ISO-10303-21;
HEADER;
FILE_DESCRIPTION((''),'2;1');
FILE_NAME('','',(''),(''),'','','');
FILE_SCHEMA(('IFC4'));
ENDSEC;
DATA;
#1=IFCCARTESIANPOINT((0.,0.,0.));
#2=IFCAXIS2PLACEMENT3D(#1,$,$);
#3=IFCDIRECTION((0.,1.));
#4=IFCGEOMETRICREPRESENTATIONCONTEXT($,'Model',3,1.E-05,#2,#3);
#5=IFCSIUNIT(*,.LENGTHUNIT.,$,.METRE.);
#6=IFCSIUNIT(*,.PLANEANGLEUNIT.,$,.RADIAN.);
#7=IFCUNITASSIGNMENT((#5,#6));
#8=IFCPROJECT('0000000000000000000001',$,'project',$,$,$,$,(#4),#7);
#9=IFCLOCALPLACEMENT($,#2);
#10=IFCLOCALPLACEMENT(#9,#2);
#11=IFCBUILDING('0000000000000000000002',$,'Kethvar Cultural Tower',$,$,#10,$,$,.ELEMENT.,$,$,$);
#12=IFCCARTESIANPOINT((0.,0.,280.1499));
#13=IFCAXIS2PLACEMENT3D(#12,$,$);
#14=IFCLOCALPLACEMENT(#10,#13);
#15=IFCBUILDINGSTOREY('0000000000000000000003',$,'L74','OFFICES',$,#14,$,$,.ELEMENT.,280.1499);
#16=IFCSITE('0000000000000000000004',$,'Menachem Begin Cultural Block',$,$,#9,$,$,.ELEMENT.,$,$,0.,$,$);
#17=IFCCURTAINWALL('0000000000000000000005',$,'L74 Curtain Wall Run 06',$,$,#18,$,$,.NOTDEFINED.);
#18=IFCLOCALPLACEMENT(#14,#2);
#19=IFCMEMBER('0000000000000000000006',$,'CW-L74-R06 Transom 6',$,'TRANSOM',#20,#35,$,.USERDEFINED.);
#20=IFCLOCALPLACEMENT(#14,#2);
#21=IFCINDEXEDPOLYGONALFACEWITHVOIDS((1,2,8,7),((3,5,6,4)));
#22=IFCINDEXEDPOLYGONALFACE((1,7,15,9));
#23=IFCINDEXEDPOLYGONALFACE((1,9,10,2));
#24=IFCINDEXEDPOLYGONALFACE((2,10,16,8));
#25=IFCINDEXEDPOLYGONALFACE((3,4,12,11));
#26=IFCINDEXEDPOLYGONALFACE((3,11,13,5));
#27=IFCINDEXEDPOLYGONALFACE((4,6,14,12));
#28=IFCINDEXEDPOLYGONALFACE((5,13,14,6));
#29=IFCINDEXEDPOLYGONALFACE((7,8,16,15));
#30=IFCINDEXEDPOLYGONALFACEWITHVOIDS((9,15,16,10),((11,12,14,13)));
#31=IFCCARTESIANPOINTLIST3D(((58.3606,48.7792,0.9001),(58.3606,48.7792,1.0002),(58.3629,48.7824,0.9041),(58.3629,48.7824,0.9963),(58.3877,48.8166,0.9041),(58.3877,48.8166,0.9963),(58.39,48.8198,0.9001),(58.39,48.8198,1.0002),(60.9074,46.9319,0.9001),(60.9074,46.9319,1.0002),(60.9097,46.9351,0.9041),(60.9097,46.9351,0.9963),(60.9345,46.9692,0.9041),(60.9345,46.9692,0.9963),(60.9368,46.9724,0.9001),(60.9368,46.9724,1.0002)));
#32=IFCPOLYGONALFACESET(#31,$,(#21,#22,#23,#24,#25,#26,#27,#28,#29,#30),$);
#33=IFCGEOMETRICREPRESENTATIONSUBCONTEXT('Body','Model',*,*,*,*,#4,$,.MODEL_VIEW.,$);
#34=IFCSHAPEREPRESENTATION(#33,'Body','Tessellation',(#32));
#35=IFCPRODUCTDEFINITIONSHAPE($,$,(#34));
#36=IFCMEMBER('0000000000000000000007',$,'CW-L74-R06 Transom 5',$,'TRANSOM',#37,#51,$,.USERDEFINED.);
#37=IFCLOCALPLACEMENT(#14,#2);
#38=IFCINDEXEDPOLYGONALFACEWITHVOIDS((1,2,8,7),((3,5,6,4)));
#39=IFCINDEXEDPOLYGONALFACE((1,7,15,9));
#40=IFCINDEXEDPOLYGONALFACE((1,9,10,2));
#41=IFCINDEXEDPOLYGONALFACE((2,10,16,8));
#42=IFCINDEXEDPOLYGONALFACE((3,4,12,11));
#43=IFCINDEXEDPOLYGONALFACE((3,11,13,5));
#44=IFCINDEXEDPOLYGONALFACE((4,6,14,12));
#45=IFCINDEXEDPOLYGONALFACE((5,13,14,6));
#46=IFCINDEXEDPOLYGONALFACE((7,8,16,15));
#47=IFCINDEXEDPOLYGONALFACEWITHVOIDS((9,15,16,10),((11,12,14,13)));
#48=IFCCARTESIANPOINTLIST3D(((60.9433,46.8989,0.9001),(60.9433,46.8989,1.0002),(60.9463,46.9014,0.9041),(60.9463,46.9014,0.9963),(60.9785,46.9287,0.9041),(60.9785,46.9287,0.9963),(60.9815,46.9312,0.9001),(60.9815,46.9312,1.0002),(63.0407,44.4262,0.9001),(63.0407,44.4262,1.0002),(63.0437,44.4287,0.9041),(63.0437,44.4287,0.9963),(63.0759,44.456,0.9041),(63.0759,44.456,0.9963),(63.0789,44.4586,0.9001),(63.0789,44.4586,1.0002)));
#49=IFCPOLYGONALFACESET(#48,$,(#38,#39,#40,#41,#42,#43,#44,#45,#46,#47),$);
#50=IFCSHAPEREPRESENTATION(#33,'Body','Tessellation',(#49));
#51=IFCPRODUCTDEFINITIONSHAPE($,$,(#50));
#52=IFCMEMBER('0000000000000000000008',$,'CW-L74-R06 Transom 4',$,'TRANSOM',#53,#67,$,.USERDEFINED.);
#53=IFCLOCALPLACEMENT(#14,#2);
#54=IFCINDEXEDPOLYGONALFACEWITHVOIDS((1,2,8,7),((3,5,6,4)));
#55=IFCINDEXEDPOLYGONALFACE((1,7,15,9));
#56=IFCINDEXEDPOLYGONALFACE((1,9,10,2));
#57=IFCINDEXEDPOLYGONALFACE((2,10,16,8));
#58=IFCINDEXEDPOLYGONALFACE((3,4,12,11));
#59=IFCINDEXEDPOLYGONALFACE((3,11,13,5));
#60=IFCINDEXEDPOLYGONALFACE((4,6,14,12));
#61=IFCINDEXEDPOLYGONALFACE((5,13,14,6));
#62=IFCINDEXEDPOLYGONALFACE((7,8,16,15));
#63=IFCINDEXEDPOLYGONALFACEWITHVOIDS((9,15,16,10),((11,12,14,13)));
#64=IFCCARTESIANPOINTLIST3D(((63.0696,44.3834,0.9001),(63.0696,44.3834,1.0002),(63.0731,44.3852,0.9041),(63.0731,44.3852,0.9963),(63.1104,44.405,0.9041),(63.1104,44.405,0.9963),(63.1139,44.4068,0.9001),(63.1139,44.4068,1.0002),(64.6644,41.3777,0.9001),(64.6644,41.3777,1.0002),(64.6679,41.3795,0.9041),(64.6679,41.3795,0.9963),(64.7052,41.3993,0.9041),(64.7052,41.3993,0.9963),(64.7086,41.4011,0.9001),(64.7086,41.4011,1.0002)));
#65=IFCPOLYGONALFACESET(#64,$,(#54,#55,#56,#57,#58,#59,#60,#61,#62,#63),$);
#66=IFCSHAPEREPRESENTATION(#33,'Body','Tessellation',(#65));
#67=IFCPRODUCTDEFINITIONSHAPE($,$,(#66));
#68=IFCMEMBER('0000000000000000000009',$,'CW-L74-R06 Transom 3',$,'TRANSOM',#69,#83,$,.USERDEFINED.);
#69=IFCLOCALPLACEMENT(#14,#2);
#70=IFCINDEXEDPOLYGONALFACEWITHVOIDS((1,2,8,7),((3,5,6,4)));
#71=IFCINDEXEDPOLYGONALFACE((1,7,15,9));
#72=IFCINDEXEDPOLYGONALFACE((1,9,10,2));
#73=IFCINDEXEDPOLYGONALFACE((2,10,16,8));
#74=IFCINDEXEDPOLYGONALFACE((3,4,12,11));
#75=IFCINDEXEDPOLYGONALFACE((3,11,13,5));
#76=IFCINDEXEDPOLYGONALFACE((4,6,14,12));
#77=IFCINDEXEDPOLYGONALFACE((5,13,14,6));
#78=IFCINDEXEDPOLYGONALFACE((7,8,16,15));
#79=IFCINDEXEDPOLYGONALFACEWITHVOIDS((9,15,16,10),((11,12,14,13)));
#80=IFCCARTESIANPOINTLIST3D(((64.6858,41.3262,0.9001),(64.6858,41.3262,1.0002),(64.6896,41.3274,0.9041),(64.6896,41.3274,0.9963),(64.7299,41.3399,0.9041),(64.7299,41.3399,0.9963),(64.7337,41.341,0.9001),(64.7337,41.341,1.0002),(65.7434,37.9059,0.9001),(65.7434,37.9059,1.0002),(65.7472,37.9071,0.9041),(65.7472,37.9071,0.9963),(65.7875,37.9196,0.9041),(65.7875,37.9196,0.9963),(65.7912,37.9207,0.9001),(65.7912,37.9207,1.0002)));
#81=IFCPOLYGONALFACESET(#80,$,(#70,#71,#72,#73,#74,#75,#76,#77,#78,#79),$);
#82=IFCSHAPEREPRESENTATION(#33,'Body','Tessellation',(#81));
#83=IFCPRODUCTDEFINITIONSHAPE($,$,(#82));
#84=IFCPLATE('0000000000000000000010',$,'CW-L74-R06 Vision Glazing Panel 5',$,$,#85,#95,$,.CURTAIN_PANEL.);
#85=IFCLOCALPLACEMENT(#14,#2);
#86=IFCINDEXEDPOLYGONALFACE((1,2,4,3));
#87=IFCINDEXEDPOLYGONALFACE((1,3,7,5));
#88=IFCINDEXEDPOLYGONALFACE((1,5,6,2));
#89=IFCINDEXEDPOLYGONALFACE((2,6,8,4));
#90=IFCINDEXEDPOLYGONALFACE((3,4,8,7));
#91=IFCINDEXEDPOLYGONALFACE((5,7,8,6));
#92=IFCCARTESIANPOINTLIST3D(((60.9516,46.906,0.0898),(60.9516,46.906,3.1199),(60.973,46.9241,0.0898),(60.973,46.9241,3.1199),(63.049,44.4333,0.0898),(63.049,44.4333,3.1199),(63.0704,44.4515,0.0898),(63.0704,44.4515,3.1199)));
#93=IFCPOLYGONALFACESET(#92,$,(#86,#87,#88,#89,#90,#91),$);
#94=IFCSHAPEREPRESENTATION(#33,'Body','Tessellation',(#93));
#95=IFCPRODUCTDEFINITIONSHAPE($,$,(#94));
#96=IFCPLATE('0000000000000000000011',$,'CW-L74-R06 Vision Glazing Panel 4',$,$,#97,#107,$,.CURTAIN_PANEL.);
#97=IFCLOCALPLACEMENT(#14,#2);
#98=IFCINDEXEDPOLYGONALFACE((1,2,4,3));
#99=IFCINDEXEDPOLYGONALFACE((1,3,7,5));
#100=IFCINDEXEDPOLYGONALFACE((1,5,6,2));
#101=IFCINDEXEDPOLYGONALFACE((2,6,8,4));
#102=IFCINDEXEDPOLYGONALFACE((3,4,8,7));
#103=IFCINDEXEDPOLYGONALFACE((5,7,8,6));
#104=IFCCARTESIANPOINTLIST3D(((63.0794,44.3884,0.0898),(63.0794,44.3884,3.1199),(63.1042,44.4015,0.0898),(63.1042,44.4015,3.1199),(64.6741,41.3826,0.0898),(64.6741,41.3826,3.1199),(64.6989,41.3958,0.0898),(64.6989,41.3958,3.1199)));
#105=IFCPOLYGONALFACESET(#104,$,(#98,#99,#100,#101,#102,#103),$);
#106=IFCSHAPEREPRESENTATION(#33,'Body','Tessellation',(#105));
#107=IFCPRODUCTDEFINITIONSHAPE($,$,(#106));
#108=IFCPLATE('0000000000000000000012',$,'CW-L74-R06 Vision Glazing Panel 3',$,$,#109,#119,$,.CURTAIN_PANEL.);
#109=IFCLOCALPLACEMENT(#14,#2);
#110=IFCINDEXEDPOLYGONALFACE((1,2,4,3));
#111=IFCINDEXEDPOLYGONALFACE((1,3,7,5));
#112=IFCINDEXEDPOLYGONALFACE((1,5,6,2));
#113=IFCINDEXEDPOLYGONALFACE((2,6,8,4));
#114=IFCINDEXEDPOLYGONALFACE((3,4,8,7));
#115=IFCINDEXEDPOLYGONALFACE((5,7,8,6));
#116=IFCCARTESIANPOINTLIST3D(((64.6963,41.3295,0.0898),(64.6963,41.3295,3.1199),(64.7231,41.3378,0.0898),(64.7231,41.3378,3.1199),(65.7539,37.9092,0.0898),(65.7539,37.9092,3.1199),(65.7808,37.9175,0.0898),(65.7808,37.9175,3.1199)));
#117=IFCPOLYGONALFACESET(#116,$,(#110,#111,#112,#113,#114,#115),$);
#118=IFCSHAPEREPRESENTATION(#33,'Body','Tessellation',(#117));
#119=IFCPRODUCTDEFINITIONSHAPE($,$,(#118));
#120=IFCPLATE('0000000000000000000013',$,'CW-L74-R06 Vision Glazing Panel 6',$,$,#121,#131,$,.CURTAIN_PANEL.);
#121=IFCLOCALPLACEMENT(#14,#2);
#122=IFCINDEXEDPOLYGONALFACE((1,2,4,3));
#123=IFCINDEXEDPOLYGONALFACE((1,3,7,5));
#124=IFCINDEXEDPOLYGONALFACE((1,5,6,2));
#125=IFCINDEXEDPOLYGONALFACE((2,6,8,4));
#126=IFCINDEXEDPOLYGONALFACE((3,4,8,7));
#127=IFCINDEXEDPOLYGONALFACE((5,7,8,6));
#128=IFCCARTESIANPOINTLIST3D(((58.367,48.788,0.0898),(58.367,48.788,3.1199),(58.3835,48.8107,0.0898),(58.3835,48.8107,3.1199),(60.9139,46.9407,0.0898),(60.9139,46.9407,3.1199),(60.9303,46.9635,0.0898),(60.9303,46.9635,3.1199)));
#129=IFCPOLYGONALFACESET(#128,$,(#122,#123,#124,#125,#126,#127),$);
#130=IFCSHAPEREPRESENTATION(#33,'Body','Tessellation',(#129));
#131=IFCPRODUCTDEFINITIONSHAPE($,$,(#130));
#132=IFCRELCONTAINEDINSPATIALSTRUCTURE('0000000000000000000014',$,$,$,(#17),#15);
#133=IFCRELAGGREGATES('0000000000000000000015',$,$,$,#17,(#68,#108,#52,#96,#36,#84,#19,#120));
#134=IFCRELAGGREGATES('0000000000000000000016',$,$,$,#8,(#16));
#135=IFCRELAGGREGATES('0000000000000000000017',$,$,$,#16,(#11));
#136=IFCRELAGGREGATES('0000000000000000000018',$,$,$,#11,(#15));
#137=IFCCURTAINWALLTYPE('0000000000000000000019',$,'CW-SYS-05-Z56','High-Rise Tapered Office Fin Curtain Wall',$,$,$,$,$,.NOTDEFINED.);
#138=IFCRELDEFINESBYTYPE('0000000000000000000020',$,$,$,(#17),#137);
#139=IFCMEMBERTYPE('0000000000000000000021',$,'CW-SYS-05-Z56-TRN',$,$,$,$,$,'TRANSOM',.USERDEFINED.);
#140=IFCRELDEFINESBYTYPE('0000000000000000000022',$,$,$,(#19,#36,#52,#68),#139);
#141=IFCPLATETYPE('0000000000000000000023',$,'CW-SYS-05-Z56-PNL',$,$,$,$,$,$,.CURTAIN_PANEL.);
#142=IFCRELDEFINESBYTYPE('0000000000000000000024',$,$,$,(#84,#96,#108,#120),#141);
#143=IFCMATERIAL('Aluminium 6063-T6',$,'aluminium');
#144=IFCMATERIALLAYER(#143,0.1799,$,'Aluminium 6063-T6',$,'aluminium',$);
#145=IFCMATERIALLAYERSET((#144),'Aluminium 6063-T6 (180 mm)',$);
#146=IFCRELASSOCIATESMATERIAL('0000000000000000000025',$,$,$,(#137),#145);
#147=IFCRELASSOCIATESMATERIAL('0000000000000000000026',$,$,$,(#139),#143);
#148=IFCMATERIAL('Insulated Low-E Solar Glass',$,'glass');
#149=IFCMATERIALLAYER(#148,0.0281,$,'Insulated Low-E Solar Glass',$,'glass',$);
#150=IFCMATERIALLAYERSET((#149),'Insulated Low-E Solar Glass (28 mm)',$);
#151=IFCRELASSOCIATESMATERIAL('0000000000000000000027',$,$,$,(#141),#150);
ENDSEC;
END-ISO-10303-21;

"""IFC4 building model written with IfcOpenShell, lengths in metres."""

from ifc_helpers import new_model, si_unit, direction, frame, origin, origin_2d, place, context, subcontext, project, spatial, rectangle, hollow_rectangle, extrude, source, transform, mapped, material, layer, layer_set, material_profile, profile_set, type_object, element, aggregate, save


model = new_model("IFC4")

# Units and contexts
model_context = context("Model", 3, precision=1e-05, world=origin(), true_north=direction((0.0, 1.0)))
body_context = subcontext(model_context, "Body", "Model", "MODEL_VIEW")
ifc_project = project(units=[si_unit("LENGTHUNIT", "METRE"), si_unit("PLANEANGLEUNIT", "RADIAN")], contexts=[model_context])

# Site, building, storey
site_placement = place(None, origin())
site = spatial("IfcSite", under=ifc_project, at=site_placement, Name="Menachem Begin Cultural Block", CompositionType="ELEMENT", RefElevation=0.0)
building_placement = place(site_placement, origin())
building = spatial("IfcBuilding", under=site, at=building_placement, Name="Kethvar Cultural Tower", CompositionType="ELEMENT")
storey_placement = place(building_placement, frame((0.0, 0.0, 280.1499)))
storey = spatial("IfcBuildingStorey", under=building, at=storey_placement, Name="L74", Description="OFFICES", CompositionType="ELEMENT", Elevation=280.1499)

# Shared definitions
ifc_material_1 = material(Name="Aluminium 6063-T6", Category="aluminium")
ifc_layer_1 = layer(ifc_material_1, 0.1799, Name="Aluminium 6063-T6", Category="aluminium")
ifc_layer_set_1 = layer_set([ifc_layer_1], Name="Aluminium 6063-T6 (180 mm)")
curtain_wall_type = type_object("IfcCurtainWallType", Name="CW-SYS-05-Z56", Description="High-Rise Tapered Office Fin Curtain Wall", PredefinedType="NOTDEFINED", material=ifc_layer_set_1)

# Curtain wall, members, plates
curtain_wall_1_placement = place(storey_placement, origin())
curtain_wall_1 = element("IfcCurtainWall", 1, at=curtain_wall_1_placement, inside=storey, type_object=curtain_wall_type, Name="L74 Curtain Wall Run 06", PredefinedType="NOTDEFINED")
ifc_material_profile_1 = material_profile(ifc_material_1, hollow_rectangle(XDim=0.05, YDim=0.1001, WallThickness=0.0039, at=origin_2d()), Name="Aluminium 6063-T6 — RHS100x50x4")
ifc_profile_set_1 = profile_set([ifc_material_profile_1], Name="Aluminium 6063-T6 — RHS100x50x4")
member_type_1 = type_object("IfcMemberType", Name="CW-SYS-05-Z56-TRN", ElementType="TRANSOM", PredefinedType="USERDEFINED", material=ifc_profile_set_1)
shared_shape_1 = source(origin(), body_context, "Body", "SweptSolid", [
    extrude(hollow_rectangle(XDim=0.05, YDim=0.1001, WallThickness=0.0039, at=origin_2d()), origin(), (0.0, 0.0, 1.0), 3.1462),
])
member_1_placement = place(storey_placement, frame((60.9221, 46.9521, 0.9502), z_axis=(-0.80947, 0.587161, 0.0), x_axis=(-0.587161, -0.80947, 0.0)))
member_1 = element("IfcMember", 2, at=member_1_placement, type_object=member_type_1, Name="CW-L74-R06 Transom 6", ObjectType="TRANSOM", PredefinedType="USERDEFINED", context=body_context, shape_type="MappedRepresentation", body=[
    mapped(shared_shape_1, transform((0.0, 0.0, 0.0), scale=1.0)),
])
shared_shape_2 = source(origin(), body_context, "Body", "SweptSolid", [
    extrude(hollow_rectangle(XDim=0.05, YDim=0.1001, WallThickness=0.0039, at=origin_2d()), origin(), (0.0, 0.0, 1.0), 3.2424),
])
member_2_placement = place(storey_placement, frame((63.0598, 44.4424, 0.9502), z_axis=(-0.64687, 0.7626, 0.0), x_axis=(-0.7626, -0.64687, 0.0)))
member_2 = element("IfcMember", 3, at=member_2_placement, type_object=member_type_1, Name="CW-L74-R06 Transom 5", ObjectType="TRANSOM", PredefinedType="USERDEFINED", context=body_context, shape_type="MappedRepresentation", body=[
    mapped(shared_shape_2, transform((0.0, 0.0, 0.0), scale=1.0)),
])
shared_shape_3 = source(origin(), body_context, "Body", "SweptSolid", [
    extrude(hollow_rectangle(XDim=0.05, YDim=0.1001, WallThickness=0.0039, at=origin_2d()), origin(), (0.0, 0.0, 1.0), 3.4026),
])
member_3_placement = place(storey_placement, frame((64.6865, 41.3894, 0.9502), z_axis=(-0.468695, 0.88336, 0.0), x_axis=(-0.88336, -0.468695, 0.0)))
member_3 = element("IfcMember", 4, at=member_3_placement, type_object=member_type_1, Name="CW-L74-R06 Transom 4", ObjectType="TRANSOM", PredefinedType="USERDEFINED", context=body_context, shape_type="MappedRepresentation", body=[
    mapped(shared_shape_3, transform((0.0, 0.0, 0.0), scale=1.0)),
])
shared_shape_4 = source(origin(), body_context, "Body", "SweptSolid", [
    extrude(hollow_rectangle(XDim=0.05, YDim=0.1001, WallThickness=0.0039, at=origin_2d()), origin(), (0.0, 0.0, 1.0), 3.5801),
])
member_4_placement = place(storey_placement, frame((65.7673, 37.9133, 0.9502), z_axis=(-0.295408, 0.955371, 0.0), x_axis=(-0.955371, -0.295408, 0.0)))
member_4 = element("IfcMember", 5, at=member_4_placement, type_object=member_type_1, Name="CW-L74-R06 Transom 3", ObjectType="TRANSOM", PredefinedType="USERDEFINED", context=body_context, shape_type="MappedRepresentation", body=[
    mapped(shared_shape_4, transform((0.0, 0.0, 0.0), scale=1.0)),
])
ifc_material_2 = material(Name="Insulated Low-E Solar Glass", Category="glass")
ifc_layer_2 = layer(ifc_material_2, 0.0281, Name="Insulated Low-E Solar Glass", Category="glass")
ifc_layer_set_2 = layer_set([ifc_layer_2], Name="Insulated Low-E Solar Glass (28 mm)")
plate_type = type_object("IfcPlateType", Name="CW-SYS-05-Z56-PNL", PredefinedType="CURTAIN_PANEL", material=ifc_layer_set_2)
shared_shape_5 = source(origin(), body_context, "Body", "SweptSolid", [
    extrude(rectangle(XDim=3.2424, YDim=0.0281, at=origin_2d()), origin(), (0.0, 0.0, 1.0), 3.03),
])
plate_1_placement = place(storey_placement, frame((62.011, 45.6787, 0.0898), z_axis=(0.0, 0.0, 1.0), x_axis=(-0.64687, 0.762601, 0.0)))
plate_1 = element("IfcPlate", 6, at=plate_1_placement, type_object=plate_type, Name="CW-L74-R06 Vision Glazing Panel 5", PredefinedType="CURTAIN_PANEL", context=body_context, shape_type="MappedRepresentation", body=[
    mapped(shared_shape_5, transform((0.0, 0.0, 0.0), scale=1.0)),
])
shared_shape_6 = source(origin(), body_context, "Body", "SweptSolid", [
    extrude(rectangle(XDim=3.4026, YDim=0.0281, at=origin_2d()), origin(), (0.0, 0.0, 1.0), 3.03),
])
plate_2_placement = place(storey_placement, frame((63.8892, 42.8921, 0.0898), z_axis=(0.0, 0.0, 1.0), x_axis=(-0.468685, 0.883365, 0.0)))
plate_2 = element("IfcPlate", 7, at=plate_2_placement, type_object=plate_type, Name="CW-L74-R06 Vision Glazing Panel 4", PredefinedType="CURTAIN_PANEL", context=body_context, shape_type="MappedRepresentation", body=[
    mapped(shared_shape_6, transform((0.0, 0.0, 0.0), scale=1.0)),
])
shared_shape_7 = source(origin(), body_context, "Body", "SweptSolid", [
    extrude(rectangle(XDim=3.5801, YDim=0.0281, at=origin_2d()), origin(), (0.0, 0.0, 1.0), 3.03),
])
plate_3_placement = place(storey_placement, frame((65.2385, 39.6235, 0.0898), z_axis=(0.0, 0.0, 1.0), x_axis=(-0.295425, 0.955366, 0.0)))
plate_3 = element("IfcPlate", 8, at=plate_3_placement, type_object=plate_type, Name="CW-L74-R06 Vision Glazing Panel 3", PredefinedType="CURTAIN_PANEL", context=body_context, shape_type="MappedRepresentation", body=[
    mapped(shared_shape_7, transform((0.0, 0.0, 0.0), scale=1.0)),
])
shared_shape_8 = source(origin(), body_context, "Body", "SweptSolid", [
    extrude(rectangle(XDim=3.1462, YDim=0.0281, at=origin_2d()), origin(), (0.0, 0.0, 1.0), 3.03),
])
plate_4_placement = place(storey_placement, frame((59.6487, 47.8757, 0.0898), z_axis=(0.0, 0.0, 1.0), x_axis=(-0.809489, 0.587136, 0.0)))
plate_4 = element("IfcPlate", 9, at=plate_4_placement, type_object=plate_type, Name="CW-L74-R06 Vision Glazing Panel 6", PredefinedType="CURTAIN_PANEL", context=body_context, shape_type="MappedRepresentation", body=[
    mapped(shared_shape_8, transform((0.0, 0.0, 0.0), scale=1.0)),
])
aggregate(curtain_wall_1, [member_4, plate_3, member_3, plate_2, member_2, plate_1, member_1, plate_4])

save(model, "model.ifc")
